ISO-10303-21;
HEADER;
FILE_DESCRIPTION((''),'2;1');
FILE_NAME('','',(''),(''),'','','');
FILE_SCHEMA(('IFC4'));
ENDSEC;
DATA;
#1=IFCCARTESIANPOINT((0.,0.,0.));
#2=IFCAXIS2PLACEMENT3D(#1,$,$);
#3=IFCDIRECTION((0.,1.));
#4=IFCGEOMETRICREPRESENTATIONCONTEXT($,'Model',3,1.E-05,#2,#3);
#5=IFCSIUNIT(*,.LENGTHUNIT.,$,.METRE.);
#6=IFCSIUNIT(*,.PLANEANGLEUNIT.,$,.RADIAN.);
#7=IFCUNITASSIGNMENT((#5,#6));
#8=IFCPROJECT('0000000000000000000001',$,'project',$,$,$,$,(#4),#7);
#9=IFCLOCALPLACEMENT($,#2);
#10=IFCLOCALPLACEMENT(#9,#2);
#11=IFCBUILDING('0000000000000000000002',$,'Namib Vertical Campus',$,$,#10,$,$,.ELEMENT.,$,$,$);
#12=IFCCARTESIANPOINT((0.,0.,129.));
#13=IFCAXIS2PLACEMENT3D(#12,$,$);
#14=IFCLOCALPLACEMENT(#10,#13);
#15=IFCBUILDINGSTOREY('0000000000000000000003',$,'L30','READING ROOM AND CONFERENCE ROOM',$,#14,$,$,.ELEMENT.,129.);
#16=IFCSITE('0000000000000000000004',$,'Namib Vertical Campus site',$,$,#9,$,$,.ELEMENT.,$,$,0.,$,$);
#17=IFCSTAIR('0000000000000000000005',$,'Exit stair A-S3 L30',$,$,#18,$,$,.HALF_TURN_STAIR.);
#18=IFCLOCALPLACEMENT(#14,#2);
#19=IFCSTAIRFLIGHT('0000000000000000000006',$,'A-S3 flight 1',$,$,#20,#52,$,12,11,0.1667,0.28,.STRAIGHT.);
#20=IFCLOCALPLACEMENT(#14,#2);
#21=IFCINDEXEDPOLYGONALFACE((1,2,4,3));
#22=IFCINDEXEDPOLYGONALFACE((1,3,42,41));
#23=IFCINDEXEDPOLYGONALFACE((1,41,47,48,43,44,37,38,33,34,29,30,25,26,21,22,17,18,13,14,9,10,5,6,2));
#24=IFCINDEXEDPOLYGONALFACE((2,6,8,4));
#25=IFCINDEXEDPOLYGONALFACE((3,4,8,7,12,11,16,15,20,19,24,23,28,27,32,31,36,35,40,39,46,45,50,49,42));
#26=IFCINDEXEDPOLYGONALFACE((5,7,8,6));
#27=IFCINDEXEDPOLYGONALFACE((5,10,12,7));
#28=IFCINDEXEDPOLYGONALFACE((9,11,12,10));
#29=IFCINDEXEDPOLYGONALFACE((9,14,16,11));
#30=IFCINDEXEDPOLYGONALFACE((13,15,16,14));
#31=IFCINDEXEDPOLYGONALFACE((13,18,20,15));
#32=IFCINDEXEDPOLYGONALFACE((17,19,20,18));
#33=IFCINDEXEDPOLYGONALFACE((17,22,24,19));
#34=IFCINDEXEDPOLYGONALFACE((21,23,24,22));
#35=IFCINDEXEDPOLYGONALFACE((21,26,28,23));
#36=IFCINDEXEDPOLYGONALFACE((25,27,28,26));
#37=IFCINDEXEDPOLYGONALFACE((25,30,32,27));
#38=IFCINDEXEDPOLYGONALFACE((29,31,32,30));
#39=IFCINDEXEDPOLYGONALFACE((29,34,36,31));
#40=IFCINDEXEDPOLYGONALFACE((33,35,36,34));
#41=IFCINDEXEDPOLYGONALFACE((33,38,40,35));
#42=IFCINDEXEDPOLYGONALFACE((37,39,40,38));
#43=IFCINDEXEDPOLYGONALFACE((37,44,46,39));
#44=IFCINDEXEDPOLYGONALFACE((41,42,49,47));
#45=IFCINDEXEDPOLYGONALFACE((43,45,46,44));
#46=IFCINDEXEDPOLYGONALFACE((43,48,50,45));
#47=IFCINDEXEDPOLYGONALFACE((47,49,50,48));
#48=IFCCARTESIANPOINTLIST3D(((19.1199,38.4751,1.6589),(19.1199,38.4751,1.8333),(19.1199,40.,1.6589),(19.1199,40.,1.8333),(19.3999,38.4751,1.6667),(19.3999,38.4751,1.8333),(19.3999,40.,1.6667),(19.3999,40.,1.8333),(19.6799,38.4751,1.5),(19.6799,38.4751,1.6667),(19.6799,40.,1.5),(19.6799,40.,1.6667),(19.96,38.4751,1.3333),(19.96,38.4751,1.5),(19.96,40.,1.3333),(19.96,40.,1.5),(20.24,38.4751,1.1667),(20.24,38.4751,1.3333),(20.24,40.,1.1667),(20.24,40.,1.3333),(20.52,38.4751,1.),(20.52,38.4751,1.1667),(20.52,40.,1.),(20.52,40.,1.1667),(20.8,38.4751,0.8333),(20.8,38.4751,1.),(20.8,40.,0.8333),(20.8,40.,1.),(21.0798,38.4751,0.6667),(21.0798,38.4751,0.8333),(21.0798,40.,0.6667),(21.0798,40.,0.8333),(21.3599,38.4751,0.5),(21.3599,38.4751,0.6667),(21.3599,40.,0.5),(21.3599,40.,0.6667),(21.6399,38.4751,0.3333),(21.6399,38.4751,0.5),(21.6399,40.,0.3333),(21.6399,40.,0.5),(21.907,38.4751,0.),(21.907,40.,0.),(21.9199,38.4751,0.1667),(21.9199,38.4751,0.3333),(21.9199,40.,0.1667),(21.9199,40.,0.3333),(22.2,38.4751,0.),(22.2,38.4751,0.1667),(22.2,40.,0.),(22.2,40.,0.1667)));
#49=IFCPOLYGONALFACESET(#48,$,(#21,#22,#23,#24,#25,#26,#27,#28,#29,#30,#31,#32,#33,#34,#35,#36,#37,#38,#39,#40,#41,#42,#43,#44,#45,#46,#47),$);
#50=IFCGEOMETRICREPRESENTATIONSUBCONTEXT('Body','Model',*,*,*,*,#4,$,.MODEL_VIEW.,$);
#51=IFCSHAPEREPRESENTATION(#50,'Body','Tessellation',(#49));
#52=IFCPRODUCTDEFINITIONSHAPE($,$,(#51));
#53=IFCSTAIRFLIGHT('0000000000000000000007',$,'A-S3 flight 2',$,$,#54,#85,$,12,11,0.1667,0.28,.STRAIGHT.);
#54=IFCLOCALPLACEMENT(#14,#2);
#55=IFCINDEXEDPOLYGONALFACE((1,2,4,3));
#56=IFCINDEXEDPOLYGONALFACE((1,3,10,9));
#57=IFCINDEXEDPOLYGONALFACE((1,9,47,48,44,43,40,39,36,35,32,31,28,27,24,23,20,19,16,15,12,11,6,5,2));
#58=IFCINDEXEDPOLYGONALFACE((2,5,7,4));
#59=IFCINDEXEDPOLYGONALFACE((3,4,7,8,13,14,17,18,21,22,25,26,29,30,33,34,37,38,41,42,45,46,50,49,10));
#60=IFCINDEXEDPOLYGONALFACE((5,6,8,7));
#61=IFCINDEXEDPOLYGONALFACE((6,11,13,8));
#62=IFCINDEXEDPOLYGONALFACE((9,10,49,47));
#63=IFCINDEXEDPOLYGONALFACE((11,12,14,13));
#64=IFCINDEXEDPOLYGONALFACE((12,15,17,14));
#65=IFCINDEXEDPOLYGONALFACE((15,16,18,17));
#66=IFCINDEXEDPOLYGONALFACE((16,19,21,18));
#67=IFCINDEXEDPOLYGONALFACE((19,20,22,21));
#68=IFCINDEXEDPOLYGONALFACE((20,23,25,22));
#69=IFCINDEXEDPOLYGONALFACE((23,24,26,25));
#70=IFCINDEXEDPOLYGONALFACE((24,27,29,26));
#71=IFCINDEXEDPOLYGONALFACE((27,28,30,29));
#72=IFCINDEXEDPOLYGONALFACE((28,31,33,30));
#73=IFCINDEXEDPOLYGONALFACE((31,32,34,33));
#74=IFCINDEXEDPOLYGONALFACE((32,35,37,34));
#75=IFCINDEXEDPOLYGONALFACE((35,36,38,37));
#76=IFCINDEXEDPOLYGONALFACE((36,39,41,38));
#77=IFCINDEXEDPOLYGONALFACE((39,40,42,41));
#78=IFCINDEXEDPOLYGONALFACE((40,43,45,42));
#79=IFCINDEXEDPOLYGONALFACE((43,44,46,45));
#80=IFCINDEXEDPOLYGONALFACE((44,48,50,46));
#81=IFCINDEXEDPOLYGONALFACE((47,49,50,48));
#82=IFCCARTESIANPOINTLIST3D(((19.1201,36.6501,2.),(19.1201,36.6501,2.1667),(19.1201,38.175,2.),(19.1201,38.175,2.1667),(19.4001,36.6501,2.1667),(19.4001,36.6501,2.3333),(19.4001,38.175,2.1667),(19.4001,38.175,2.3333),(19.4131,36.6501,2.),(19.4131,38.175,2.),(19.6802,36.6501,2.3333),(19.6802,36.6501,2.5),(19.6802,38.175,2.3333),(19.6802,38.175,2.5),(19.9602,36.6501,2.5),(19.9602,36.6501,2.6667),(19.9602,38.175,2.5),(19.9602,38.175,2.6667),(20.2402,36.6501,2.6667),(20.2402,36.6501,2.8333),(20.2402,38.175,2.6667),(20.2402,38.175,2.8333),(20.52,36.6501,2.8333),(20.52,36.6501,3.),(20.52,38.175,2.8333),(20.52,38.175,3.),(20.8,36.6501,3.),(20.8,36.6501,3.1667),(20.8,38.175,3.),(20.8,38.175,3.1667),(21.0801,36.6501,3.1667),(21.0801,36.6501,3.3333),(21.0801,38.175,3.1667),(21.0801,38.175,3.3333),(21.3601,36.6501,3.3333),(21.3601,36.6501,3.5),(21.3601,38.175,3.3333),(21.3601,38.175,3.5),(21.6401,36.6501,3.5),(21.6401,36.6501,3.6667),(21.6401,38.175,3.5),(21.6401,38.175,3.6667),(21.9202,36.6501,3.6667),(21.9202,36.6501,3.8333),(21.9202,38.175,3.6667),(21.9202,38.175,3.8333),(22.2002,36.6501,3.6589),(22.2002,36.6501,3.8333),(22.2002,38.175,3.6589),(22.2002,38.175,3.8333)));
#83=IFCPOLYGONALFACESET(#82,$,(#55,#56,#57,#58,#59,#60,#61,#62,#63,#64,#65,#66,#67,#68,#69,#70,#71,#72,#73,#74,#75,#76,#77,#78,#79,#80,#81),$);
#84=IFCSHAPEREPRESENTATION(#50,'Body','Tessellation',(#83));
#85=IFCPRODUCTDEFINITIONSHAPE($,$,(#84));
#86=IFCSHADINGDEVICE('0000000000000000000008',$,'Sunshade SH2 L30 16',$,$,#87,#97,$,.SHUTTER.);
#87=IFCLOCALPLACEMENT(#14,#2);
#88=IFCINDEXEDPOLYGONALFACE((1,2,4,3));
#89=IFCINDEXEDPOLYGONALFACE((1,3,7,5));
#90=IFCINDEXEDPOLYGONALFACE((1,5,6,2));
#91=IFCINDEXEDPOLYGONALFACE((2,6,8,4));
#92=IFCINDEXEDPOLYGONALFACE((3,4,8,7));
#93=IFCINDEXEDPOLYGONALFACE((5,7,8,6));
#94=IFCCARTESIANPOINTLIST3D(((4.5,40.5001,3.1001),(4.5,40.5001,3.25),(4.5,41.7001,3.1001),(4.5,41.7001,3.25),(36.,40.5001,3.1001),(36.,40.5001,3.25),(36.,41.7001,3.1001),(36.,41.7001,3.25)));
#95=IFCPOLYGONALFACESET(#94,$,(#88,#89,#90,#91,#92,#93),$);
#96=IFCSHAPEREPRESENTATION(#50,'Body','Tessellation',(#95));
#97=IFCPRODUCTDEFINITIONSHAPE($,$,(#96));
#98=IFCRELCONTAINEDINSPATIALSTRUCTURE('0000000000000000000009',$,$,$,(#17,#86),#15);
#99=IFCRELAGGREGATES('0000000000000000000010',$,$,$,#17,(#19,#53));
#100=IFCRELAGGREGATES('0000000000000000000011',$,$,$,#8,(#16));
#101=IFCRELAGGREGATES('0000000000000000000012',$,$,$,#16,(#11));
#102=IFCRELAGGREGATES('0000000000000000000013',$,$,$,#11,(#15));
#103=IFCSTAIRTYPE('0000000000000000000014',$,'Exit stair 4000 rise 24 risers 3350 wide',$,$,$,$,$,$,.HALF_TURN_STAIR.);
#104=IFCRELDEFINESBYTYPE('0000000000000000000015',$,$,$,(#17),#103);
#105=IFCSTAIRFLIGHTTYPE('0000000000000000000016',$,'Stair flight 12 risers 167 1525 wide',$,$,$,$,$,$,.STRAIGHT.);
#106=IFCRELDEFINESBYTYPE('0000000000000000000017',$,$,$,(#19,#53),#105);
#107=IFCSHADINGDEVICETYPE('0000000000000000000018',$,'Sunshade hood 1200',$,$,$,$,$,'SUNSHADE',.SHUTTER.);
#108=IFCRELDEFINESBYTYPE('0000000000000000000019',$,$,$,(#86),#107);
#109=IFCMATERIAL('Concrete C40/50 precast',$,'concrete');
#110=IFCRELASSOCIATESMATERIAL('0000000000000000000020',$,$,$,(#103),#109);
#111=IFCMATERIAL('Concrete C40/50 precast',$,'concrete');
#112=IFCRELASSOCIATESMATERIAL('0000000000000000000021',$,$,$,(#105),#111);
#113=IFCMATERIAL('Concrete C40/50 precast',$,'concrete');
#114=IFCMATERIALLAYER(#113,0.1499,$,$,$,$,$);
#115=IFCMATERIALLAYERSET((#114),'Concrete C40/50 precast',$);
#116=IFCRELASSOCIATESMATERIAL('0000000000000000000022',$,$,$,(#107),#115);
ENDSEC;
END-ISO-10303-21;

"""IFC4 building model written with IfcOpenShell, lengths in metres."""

from ifc_helpers import new_model, si_unit, direction, frame, origin, origin_2d, place, context, subcontext, project, spatial, polyline, rectangle, outline, extrude, material, layer, layer_set, type_object, element, aggregate, save


model = new_model("IFC4")

# Units and contexts
model_context = context("Model", 3, precision=1e-05, world=origin(), true_north=direction((0.0, 1.0)))
body_context = subcontext(model_context, "Body", "Model", "MODEL_VIEW")
ifc_project = project(units=[si_unit("LENGTHUNIT", "METRE"), si_unit("PLANEANGLEUNIT", "RADIAN")], contexts=[model_context])

# Site, building, storey
site_placement = place(None, origin())
site = spatial("IfcSite", under=ifc_project, at=site_placement, Name="Namib Vertical Campus site", CompositionType="ELEMENT", RefElevation=0.0)
building_placement = place(site_placement, origin())
building = spatial("IfcBuilding", under=site, at=building_placement, Name="Namib Vertical Campus", CompositionType="ELEMENT")
storey_placement = place(building_placement, frame((0.0, 0.0, 129.0)))
storey = spatial("IfcBuildingStorey", under=building, at=storey_placement, Name="L30", Description="READING ROOM AND CONFERENCE ROOM", CompositionType="ELEMENT", Elevation=129.0)

# Stair, stair flights
ifc_material_1 = material(Name="Concrete C40/50 precast", Category="concrete")
stair_type = type_object("IfcStairType", Name="Exit stair 4000 rise 24 risers 3350 wide", PredefinedType="HALF_TURN_STAIR", material=ifc_material_1)
stair_placement = place(storey_placement, origin())
stair = element("IfcStair", 1, at=stair_placement, inside=storey, type_object=stair_type, Name="Exit stair A-S3 L30", PredefinedType="HALF_TURN_STAIR")
ifc_material_2 = material(Name="Concrete C40/50 precast", Category="concrete")
stair_flight_type = type_object("IfcStairFlightType", Name="Stair flight 12 risers 167 1525 wide", PredefinedType="STRAIGHT", material=ifc_material_2)
stair_flight_1_placement = place(storey_placement, frame((22.2, 39.2375, 0.0), z_axis=(0.0, 0.0, 1.0), x_axis=(-1.0, 0.0, 0.0)))
stair_flight_1 = element("IfcStairFlight", 2, at=stair_flight_1_placement, type_object=stair_flight_type, Name="A-S3 flight 1", NumberOfRisers=12, NumberOfTreads=11, PredefinedType="STRAIGHT", RiserHeight=0.1667, TreadLength=0.28, context=body_context, shape_type="SweptSolid", body=[
    extrude(outline(polyline([(0.0, 0.0), (0.0, 0.1667), (0.28, 0.1667), (0.28, 0.3333), (0.5601, 0.3333), (0.5601, 0.5), (0.8401, 0.5), (0.8401, 0.6667), (1.1201, 0.6667), (1.1201, 0.8333), (1.3999, 0.8333), (1.3999, 1.0), (1.6799, 1.0), (1.6799, 1.1667), (1.96, 1.1667), (1.96, 1.3333), (2.24, 1.3333), (2.24, 1.5), (2.52, 1.5), (2.52, 1.6667), (2.8, 1.6667), (2.8, 1.8333), (3.0801, 1.8333), (3.0801, 2.0), (3.0801, 1.6589), (0.293, 0.0), (0.0, 0.0)])), frame((0.0, 0.7625, 0.0), z_axis=(0.0, -1.0, 0.0), x_axis=(1.0, 0.0, 0.0)), (0.0, 0.0, 1.0), 1.5249),
])
stair_flight_2_placement = place(storey_placement, frame((19.1201, 37.4126, 2.0), z_axis=(0.0, 0.0, 1.0), x_axis=(1.0, 0.0, 0.0)))
stair_flight_2 = element("IfcStairFlight", 3, at=stair_flight_2_placement, type_object=stair_flight_type, Name="A-S3 flight 2", NumberOfRisers=12, NumberOfTreads=11, PredefinedType="STRAIGHT", RiserHeight=0.1667, TreadLength=0.28, context=body_context, shape_type="SweptSolid", body=[
    extrude(outline(polyline([(0.0, 0.0), (0.0, 0.1667), (0.28, 0.1667), (0.28, 0.3333), (0.5601, 0.3333), (0.5601, 0.5), (0.8401, 0.5), (0.8401, 0.6667), (1.1201, 0.6667), (1.1201, 0.8333), (1.3999, 0.8333), (1.3999, 1.0), (1.6799, 1.0), (1.6799, 1.1667), (1.96, 1.1667), (1.96, 1.3333), (2.24, 1.3333), (2.24, 1.5), (2.52, 1.5), (2.52, 1.6667), (2.8, 1.6667), (2.8, 1.8333), (3.0801, 1.8333), (3.0801, 2.0), (3.0801, 1.6589), (0.293, 0.0), (0.0, 0.0)])), frame((0.0, 0.7625, 0.0), z_axis=(0.0, -1.0, 0.0), x_axis=(1.0, 0.0, 0.0)), (0.0, 0.0, 1.0), 1.5249),
])
aggregate(stair, [stair_flight_1, stair_flight_2])

# Shading device
ifc_material_3 = material(Name="Concrete C40/50 precast", Category="concrete")
ifc_layer_1 = layer(ifc_material_3, 0.1499)
ifc_layer_set_1 = layer_set([ifc_layer_1], Name="Concrete C40/50 precast")
shading_device_type = type_object("IfcShadingDeviceType", Name="Sunshade hood 1200", ElementType="SUNSHADE", PredefinedType="SHUTTER", material=ifc_layer_set_1)
shading_device_placement = place(storey_placement, frame((20.25, 41.1001, 3.1001), z_axis=(0.0, 0.0, 1.0), x_axis=(-1.0, 0.0, 0.0)))
element("IfcShadingDevice", 4, at=shading_device_placement, inside=storey, type_object=shading_device_type, Name="Sunshade SH2 L30 16", PredefinedType="SHUTTER", context=body_context, shape_type="SweptSolid", body=[
    extrude(rectangle(XDim=31.5, YDim=1.2, at=origin_2d()), origin(), (0.0, 0.0, 1.0), 0.1499),
])

save(model, "model.ifc")
